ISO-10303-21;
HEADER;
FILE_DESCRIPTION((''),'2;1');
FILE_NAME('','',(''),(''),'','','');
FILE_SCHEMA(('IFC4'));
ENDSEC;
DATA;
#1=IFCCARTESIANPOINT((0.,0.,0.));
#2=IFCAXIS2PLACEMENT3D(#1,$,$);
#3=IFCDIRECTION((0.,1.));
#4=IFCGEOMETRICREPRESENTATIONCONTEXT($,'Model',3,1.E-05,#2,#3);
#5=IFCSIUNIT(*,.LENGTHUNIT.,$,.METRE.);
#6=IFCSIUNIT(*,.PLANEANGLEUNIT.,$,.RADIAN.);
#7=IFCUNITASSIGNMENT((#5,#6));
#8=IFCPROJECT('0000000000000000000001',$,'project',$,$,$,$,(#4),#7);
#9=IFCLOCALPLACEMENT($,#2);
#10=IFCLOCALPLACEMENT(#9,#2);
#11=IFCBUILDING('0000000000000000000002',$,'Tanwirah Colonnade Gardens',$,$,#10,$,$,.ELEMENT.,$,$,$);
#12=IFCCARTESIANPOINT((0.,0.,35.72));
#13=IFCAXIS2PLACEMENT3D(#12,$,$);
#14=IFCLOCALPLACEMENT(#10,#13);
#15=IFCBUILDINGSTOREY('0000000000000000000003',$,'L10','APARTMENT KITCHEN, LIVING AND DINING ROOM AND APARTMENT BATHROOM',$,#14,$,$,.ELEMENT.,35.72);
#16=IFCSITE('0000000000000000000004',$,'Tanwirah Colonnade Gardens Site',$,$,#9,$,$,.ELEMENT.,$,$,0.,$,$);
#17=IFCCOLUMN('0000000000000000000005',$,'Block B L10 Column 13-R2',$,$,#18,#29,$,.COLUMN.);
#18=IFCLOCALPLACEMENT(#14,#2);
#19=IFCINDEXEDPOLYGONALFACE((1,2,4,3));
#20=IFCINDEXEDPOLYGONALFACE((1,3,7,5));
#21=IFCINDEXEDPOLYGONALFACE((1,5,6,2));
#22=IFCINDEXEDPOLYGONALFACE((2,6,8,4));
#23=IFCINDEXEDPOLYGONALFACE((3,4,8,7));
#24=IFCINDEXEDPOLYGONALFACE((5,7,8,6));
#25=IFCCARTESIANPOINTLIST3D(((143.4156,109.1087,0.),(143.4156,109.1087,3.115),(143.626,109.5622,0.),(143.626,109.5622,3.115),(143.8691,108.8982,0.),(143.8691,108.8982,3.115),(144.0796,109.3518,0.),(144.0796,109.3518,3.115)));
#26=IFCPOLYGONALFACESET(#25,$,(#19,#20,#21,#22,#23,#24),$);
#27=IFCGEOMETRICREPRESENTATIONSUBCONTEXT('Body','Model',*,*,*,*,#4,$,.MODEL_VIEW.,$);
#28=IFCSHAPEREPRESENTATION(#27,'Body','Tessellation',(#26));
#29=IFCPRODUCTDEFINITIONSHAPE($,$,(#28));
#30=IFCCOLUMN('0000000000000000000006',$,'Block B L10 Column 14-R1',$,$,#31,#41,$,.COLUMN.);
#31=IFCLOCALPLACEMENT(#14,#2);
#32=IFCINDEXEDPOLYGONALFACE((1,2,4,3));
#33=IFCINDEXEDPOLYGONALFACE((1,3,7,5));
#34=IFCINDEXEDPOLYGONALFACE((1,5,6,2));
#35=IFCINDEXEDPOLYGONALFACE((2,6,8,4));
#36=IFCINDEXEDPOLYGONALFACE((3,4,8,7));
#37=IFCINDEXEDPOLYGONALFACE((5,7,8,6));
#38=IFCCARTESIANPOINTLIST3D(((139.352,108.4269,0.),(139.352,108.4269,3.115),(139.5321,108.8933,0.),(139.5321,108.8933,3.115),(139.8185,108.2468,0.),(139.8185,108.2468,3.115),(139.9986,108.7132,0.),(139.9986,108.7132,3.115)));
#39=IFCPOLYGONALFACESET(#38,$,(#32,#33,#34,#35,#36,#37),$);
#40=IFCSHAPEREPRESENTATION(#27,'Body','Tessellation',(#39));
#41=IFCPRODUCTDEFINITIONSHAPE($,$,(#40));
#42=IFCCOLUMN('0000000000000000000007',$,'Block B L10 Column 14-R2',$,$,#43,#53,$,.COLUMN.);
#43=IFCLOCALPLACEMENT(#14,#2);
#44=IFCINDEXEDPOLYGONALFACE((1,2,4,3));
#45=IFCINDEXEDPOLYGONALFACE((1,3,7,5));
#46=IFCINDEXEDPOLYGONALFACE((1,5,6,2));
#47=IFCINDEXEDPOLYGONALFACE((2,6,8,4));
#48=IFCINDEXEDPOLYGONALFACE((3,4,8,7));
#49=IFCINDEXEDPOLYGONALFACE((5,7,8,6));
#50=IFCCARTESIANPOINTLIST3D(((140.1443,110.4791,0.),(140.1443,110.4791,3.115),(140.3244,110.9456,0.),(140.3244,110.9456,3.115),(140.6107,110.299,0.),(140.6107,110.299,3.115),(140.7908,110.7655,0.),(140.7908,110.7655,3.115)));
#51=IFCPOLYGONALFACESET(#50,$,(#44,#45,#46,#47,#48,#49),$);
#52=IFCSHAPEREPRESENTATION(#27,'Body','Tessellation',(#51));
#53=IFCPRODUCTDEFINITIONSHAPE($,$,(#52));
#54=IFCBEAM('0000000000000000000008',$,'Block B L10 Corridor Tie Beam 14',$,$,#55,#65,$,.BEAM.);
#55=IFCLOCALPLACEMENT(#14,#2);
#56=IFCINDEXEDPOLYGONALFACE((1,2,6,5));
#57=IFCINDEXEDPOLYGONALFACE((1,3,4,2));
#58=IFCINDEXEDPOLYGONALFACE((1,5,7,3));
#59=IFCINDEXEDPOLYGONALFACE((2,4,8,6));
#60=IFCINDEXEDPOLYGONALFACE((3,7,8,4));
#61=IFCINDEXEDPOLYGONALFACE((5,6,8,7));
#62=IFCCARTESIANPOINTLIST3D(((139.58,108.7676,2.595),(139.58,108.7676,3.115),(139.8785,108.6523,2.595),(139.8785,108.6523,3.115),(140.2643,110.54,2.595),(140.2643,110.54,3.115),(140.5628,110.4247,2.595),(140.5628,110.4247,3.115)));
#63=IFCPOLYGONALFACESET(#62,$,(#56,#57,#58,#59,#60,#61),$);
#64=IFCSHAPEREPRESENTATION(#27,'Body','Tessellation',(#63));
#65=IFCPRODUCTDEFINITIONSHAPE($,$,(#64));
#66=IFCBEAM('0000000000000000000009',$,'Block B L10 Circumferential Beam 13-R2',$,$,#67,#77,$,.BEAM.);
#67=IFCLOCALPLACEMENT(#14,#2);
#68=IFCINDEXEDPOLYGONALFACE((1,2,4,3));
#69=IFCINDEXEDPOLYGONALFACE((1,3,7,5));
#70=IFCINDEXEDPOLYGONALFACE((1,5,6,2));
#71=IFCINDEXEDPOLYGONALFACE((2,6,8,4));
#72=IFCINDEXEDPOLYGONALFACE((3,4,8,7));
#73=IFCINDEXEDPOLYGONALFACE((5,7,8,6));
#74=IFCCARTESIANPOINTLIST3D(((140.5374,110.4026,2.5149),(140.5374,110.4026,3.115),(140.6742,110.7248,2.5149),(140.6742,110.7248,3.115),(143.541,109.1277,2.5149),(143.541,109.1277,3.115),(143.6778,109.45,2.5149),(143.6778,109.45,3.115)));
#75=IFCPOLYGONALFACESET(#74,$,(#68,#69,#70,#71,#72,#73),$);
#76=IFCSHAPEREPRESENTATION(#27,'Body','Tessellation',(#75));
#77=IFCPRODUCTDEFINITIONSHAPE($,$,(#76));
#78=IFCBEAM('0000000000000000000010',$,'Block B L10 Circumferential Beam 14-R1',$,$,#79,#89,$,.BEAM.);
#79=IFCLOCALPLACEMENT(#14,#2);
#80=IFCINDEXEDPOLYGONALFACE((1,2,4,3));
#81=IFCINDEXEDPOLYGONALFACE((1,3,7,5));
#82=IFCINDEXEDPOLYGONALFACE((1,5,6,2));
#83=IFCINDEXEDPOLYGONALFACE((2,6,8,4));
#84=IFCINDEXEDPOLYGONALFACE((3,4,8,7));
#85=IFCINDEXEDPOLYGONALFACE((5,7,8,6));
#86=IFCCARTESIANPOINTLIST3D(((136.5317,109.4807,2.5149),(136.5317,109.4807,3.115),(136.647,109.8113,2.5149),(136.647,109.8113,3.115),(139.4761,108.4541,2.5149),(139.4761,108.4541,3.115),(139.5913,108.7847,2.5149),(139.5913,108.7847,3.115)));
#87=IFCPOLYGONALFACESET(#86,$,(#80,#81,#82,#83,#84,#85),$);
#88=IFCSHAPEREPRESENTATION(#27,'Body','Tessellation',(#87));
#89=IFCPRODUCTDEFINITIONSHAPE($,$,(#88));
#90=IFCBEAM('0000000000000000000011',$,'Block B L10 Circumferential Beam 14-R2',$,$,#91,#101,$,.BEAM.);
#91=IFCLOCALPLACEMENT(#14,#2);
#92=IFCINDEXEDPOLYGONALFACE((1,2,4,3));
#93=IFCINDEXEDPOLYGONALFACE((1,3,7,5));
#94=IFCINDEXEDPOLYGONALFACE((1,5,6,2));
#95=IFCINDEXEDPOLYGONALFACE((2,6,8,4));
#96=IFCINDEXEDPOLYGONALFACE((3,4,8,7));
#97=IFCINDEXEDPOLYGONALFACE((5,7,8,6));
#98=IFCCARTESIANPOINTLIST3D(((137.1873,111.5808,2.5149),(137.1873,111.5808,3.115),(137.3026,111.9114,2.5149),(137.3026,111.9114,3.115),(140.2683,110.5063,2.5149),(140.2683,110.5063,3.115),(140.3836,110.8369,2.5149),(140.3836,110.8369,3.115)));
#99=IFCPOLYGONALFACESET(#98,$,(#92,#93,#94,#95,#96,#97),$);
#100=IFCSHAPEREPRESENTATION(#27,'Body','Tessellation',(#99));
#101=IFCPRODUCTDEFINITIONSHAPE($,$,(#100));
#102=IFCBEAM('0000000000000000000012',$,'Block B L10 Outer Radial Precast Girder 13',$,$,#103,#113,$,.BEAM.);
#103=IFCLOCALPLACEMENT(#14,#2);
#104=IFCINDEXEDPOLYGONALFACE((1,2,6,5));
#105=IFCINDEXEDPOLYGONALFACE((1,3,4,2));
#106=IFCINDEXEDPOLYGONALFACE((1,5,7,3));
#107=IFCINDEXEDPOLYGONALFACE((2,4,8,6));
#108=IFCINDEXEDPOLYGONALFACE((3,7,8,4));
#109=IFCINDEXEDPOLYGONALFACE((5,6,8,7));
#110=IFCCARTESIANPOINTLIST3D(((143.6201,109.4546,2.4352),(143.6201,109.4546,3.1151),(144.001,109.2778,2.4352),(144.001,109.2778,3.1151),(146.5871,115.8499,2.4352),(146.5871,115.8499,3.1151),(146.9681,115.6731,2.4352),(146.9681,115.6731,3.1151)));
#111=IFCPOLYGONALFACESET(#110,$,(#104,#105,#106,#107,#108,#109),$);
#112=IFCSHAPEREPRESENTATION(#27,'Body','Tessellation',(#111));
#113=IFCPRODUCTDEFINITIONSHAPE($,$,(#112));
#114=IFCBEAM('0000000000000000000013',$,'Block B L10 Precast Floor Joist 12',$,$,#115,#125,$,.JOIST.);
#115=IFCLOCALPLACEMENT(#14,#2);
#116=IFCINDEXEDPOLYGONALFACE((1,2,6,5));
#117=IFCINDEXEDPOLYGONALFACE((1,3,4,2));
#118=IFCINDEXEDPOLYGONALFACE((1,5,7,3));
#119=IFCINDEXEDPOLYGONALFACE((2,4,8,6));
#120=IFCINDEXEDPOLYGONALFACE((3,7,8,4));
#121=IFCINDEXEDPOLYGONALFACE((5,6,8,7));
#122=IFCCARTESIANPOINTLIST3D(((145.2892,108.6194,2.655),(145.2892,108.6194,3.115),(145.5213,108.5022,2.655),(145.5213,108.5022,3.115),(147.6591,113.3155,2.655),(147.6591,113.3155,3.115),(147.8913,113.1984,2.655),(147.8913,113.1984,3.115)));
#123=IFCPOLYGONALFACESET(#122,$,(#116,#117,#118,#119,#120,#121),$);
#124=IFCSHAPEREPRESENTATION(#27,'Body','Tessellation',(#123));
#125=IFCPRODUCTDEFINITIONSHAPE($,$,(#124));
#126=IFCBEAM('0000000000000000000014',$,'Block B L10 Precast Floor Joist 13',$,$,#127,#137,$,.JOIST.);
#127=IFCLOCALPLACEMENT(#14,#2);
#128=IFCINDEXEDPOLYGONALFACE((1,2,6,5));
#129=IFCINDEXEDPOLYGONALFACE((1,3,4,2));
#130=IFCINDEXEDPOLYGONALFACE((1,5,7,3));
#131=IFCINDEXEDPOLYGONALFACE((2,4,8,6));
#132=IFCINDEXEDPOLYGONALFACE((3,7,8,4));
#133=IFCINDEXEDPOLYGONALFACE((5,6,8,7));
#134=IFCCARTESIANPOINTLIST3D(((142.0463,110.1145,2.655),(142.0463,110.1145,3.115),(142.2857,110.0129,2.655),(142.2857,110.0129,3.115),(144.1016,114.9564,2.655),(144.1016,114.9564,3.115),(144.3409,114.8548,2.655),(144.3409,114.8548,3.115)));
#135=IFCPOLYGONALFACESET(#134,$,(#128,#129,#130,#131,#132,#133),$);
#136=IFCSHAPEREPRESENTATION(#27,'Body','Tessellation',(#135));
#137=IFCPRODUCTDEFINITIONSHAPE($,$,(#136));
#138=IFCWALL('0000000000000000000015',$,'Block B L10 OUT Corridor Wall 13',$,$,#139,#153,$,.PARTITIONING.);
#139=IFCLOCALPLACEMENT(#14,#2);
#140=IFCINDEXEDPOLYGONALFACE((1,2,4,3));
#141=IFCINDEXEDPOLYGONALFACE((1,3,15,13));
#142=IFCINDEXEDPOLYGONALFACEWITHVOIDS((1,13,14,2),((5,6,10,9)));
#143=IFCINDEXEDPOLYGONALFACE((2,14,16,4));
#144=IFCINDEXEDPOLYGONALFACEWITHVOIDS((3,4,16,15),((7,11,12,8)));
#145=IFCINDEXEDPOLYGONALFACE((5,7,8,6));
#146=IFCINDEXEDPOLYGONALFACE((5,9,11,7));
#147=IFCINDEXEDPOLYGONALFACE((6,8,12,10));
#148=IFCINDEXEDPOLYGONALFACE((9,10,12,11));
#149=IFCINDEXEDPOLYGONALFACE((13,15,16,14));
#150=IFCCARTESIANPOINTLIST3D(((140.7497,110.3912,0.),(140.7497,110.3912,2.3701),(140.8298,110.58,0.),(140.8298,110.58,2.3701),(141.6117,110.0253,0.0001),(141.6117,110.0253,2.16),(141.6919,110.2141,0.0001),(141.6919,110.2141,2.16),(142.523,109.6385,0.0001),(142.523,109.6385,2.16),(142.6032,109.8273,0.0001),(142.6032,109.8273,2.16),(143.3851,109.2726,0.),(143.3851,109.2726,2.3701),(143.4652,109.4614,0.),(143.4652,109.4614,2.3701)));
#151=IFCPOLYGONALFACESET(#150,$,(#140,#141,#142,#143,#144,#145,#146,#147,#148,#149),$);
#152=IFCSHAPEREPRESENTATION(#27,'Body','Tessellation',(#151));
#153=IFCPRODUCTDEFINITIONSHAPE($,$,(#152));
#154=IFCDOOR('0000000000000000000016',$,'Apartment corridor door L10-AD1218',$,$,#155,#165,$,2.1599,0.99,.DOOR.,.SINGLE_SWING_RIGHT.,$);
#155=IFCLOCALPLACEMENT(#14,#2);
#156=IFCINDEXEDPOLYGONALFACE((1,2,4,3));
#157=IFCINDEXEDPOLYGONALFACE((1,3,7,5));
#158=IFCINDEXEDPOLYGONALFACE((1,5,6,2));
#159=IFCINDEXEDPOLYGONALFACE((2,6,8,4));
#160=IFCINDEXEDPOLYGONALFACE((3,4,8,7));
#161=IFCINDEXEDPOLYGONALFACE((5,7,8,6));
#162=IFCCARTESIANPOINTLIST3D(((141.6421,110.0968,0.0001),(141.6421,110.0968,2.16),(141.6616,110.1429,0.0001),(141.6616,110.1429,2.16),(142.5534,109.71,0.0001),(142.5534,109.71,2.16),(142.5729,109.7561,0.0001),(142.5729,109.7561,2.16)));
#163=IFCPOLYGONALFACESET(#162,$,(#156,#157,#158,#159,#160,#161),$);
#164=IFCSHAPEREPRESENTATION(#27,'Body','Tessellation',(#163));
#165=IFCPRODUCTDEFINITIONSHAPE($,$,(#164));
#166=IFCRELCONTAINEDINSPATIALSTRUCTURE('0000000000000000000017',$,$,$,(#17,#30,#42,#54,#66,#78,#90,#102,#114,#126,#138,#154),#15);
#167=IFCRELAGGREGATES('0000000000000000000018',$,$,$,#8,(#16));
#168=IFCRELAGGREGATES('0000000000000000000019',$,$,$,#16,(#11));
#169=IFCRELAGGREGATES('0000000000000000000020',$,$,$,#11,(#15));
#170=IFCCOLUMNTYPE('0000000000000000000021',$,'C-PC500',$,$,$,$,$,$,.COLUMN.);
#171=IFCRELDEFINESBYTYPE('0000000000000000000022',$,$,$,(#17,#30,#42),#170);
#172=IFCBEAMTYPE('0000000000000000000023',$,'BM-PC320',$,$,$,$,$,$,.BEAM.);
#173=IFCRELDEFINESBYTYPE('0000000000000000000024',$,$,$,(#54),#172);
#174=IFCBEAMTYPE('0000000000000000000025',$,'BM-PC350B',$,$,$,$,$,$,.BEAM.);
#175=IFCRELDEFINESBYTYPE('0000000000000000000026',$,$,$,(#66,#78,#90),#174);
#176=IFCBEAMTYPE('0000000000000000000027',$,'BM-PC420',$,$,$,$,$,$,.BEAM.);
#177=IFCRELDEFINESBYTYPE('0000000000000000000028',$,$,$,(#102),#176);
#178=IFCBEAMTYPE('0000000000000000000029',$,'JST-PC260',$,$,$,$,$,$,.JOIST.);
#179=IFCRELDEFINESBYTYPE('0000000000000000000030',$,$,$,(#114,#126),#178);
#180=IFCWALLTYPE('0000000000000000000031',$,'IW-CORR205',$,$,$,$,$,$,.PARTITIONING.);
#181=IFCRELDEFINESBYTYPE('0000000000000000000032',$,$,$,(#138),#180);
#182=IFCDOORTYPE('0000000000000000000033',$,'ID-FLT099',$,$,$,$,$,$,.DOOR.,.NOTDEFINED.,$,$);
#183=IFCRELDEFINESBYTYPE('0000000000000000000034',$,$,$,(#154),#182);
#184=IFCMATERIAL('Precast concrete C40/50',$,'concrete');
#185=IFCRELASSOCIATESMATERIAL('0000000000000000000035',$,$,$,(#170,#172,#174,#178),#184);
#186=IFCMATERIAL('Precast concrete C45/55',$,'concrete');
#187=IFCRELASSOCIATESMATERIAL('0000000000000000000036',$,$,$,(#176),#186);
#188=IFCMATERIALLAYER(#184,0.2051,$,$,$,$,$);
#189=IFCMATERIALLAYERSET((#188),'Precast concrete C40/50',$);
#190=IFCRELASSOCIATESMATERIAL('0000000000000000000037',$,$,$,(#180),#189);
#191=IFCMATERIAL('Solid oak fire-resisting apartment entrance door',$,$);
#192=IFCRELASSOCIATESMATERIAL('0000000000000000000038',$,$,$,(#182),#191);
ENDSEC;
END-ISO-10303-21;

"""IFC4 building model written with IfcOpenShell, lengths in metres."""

from ifc_helpers import new_model, si_unit, direction, frame, frame_2d, origin, origin_2d, place, context, subcontext, project, spatial, rectangle, extrude, material, layer, layer_set, material_profile, profile_set, type_object, element, fill, save


model = new_model("IFC4")

# Units and contexts
model_context = context("Model", 3, precision=1e-05, world=origin(), true_north=direction((0.0, 1.0)))
body_context = subcontext(model_context, "Body", "Model", "MODEL_VIEW")
ifc_project = project(units=[si_unit("LENGTHUNIT", "METRE"), si_unit("PLANEANGLEUNIT", "RADIAN")], contexts=[model_context])

# Site, building, storey
site_placement = place(None, origin())
site = spatial("IfcSite", under=ifc_project, at=site_placement, Name="Tanwirah Colonnade Gardens Site", CompositionType="ELEMENT", RefElevation=0.0)
building_placement = place(site_placement, origin())
building = spatial("IfcBuilding", under=site, at=building_placement, Name="Tanwirah Colonnade Gardens", CompositionType="ELEMENT")
storey_placement = place(building_placement, frame((0.0, 0.0, 35.72)))
storey = spatial("IfcBuildingStorey", under=building, at=storey_placement, Name="L10", Description="APARTMENT KITCHEN, LIVING AND DINING ROOM AND APARTMENT BATHROOM", CompositionType="ELEMENT", Elevation=35.72)

# Columns
ifc_material_1 = material(Name="Precast concrete C40/50", Category="concrete")
ifc_material_profile_1 = material_profile(ifc_material_1, rectangle(XDim=0.5, YDim=0.5, at=origin_2d()), Name="PC-COL 500x500")
ifc_profile_set_1 = profile_set([ifc_material_profile_1], Name="Precast concrete C40/50")
column_type = type_object("IfcColumnType", Name="C-PC500", PredefinedType="COLUMN", material=ifc_profile_set_1)
for number, where, z_axis, x_axis, name in (
    (1, (143.7476, 109.2302, 0.0), (0.0, 0.0, 1.0), (0.42086, 0.907126, 0.0), "Block B L10 Column 13-R2"),
    (2, (139.6753, 108.5701, 0.0), (0.0, 0.0, 1.0), (0.360178, 0.932884, 0.0), "Block B L10 Column 14-R1"),
    (3, (140.4675, 110.6223, 0.0), (0.0, 0.0, 1.0), (0.360178, 0.932884, 0.0), "Block B L10 Column 14-R2"),
):
    element("IfcColumn", number, at=place(storey_placement, frame(where, z_axis=z_axis, x_axis=x_axis)), inside=storey, type_object=column_type, Name=name, PredefinedType="COLUMN", context=body_context, shape_type="SweptSolid", body=[
        extrude(rectangle(XDim=0.5, YDim=0.5, at=origin_2d()), origin(), (0.0, 0.0, 1.0), 3.115),
    ])

# Beams
ifc_material_profile_2 = material_profile(ifc_material_1, rectangle(XDim=0.3201, YDim=0.52, at=origin_2d()), Name="PC-BM 320x520")
ifc_profile_set_2 = profile_set([ifc_material_profile_2], Name="Precast concrete C40/50")
beam_type_1 = type_object("IfcBeamType", Name="BM-PC320", PredefinedType="BEAM", material=ifc_profile_set_2)
beam_1_placement = place(storey_placement, frame((139.7292, 108.71, 2.855), z_axis=(0.360176, 0.932885, 0.0), x_axis=(-0.932885, 0.360176, 0.0)))
element("IfcBeam", 4, at=beam_1_placement, inside=storey, type_object=beam_type_1, Name="Block B L10 Corridor Tie Beam 14", PredefinedType="BEAM", context=body_context, shape_type="SweptSolid", body=[
    extrude(rectangle(XDim=0.3201, YDim=0.52, at=origin_2d()), origin(), (0.0, 0.0, 1.0), 1.8999),
])
ifc_material_profile_3 = material_profile(ifc_material_1, rectangle(XDim=0.3501, YDim=0.6001, at=origin_2d()), Name="PC-BM 350x600")
ifc_profile_set_3 = profile_set([ifc_material_profile_3], Name="Precast concrete C40/50")
beam_type_2 = type_object("IfcBeamType", Name="BM-PC350B", PredefinedType="BEAM", material=ifc_profile_set_3)
beam_2_placement = place(storey_placement, frame((143.6094, 109.2888, 2.8149), z_axis=(-0.920513, 0.390711, 0.0), x_axis=(-0.390711, -0.920513, 0.0)))
element("IfcBeam", 5, at=beam_2_placement, inside=storey, type_object=beam_type_2, Name="Block B L10 Circumferential Beam 13-R2", PredefinedType="BEAM", context=body_context, shape_type="SweptSolid", body=[
    extrude(rectangle(XDim=0.3501, YDim=0.6001, at=origin_2d()), origin(), (0.0, 0.0, 1.0), 3.2629),
])
beam_3_placement = place(storey_placement, frame((139.5337, 108.6194, 2.8149), z_axis=(-0.944248, 0.329234, 0.0), x_axis=(-0.329234, -0.944248, 0.0)))
element("IfcBeam", 6, at=beam_3_placement, inside=storey, type_object=beam_type_2, Name="Block B L10 Circumferential Beam 14-R1", PredefinedType="BEAM", context=body_context, shape_type="SweptSolid", body=[
    extrude(rectangle(XDim=0.3501, YDim=0.6001, at=origin_2d()), origin(), (0.0, 0.0, 1.0), 3.1182),
])
beam_4_placement = place(storey_placement, frame((140.3259, 110.6716, 2.8149), z_axis=(-0.944231, 0.329284, 0.0), x_axis=(-0.329284, -0.944231, 0.0)))
element("IfcBeam", 7, at=beam_4_placement, inside=storey, type_object=beam_type_2, Name="Block B L10 Circumferential Beam 14-R2", PredefinedType="BEAM", context=body_context, shape_type="SweptSolid", body=[
    extrude(rectangle(XDim=0.3501, YDim=0.6001, at=origin_2d()), origin(), (0.0, 0.0, 1.0), 3.2629),
])
ifc_material_2 = material(Name="Precast concrete C45/55", Category="concrete")
ifc_material_profile_4 = material_profile(ifc_material_2, rectangle(XDim=0.4199, YDim=0.6799, at=origin_2d()), Name="PC-BM 420x680")
ifc_profile_set_4 = profile_set([ifc_material_profile_4], Name="Precast concrete C45/55")
beam_type_3 = type_object("IfcBeamType", Name="BM-PC420", PredefinedType="BEAM", material=ifc_profile_set_4)
beam_5_placement = place(storey_placement, frame((143.8105, 109.3662, 2.7751), z_axis=(0.420856, 0.907128, 0.0), x_axis=(-0.907128, 0.420856, 0.0)))
element("IfcBeam", 8, at=beam_5_placement, inside=storey, type_object=beam_type_3, Name="Block B L10 Outer Radial Precast Girder 13", PredefinedType="BEAM", context=body_context, shape_type="SweptSolid", body=[
    extrude(rectangle(XDim=0.4199, YDim=0.6799, at=origin_2d()), origin(), (0.0, 0.0, 1.0), 7.05),
])
ifc_material_profile_5 = material_profile(ifc_material_1, rectangle(XDim=0.26, YDim=0.46, at=origin_2d()), Name="PC-JST 260x460")
ifc_profile_set_5 = profile_set([ifc_material_profile_5], Name="Precast concrete C40/50")
beam_type_4 = type_object("IfcBeamType", Name="JST-PC260", PredefinedType="JOIST", material=ifc_profile_set_5)
beam_6_placement = place(storey_placement, frame((145.4053, 108.5608, 2.885), z_axis=(0.450534, 0.892759, 0.0), x_axis=(-0.892759, 0.450534, 0.0)))
element("IfcBeam", 9, at=beam_6_placement, inside=storey, type_object=beam_type_4, Name="Block B L10 Precast Floor Joist 12", PredefinedType="JOIST", context=body_context, shape_type="SweptSolid", body=[
    extrude(rectangle(XDim=0.26, YDim=0.46, at=origin_2d()), origin(), (0.0, 0.0, 1.0), 5.2603),
])
beam_7_placement = place(storey_placement, frame((142.166, 110.0637, 2.885), z_axis=(0.390724, 0.920508, 0.0), x_axis=(-0.920508, 0.390724, 0.0)))
element("IfcBeam", 10, at=beam_7_placement, inside=storey, type_object=beam_type_4, Name="Block B L10 Precast Floor Joist 13", PredefinedType="JOIST", context=body_context, shape_type="SweptSolid", body=[
    extrude(rectangle(XDim=0.26, YDim=0.46, at=origin_2d()), origin(), (0.0, 0.0, 1.0), 5.26),
])

# Wall, opening, door
ifc_layer_1 = layer(ifc_material_1, 0.2051)
ifc_layer_set_1 = layer_set([ifc_layer_1], Name="Precast concrete C40/50")
wall_type_1 = type_object("IfcWallType", Name="IW-CORR205", PredefinedType="PARTITIONING", material=ifc_layer_set_1)
wall_1_placement = place(storey_placement, frame((143.4253, 109.3669, 0.0), z_axis=(0.0, 0.0, 1.0), x_axis=(-0.920511, 0.390716, 0.0)))
wall_1 = element("IfcWall", 11, at=wall_1_placement, inside=storey, type_object=wall_type_1, Name="Block B L10 OUT Corridor Wall 13", PredefinedType="PARTITIONING", context=body_context, shape_type="SweptSolid", body=[
    extrude(rectangle(XDim=2.863, YDim=0.2051, at=frame_2d((1.4316, 0.0))), origin(), (0.0, 0.0, 1.0), 2.3701),
])
opening_1_placement = place(wall_1_placement, frame((0.9365, 0.0, 0.0)))
opening_1 = element("IfcOpeningElement", 12, at=opening_1_placement, cuts=wall_1, PredefinedType="OPENING", context=body_context, shape_type="SweptSolid", body=[
    extrude(rectangle(XDim=0.99, YDim=2.1599, at=frame_2d((0.4951, 1.0801))), frame((0.0, 0.1125, 0.0), z_axis=(0.0, -1.0, 0.0), x_axis=(1.0, 0.0, 0.0)), (0.0, 0.0, 1.0), 0.2251),
])
ifc_material_3 = material(Name="Solid oak fire-resisting apartment entrance door")
door_type_1 = type_object("IfcDoorType", Name="ID-FLT099", OperationType="NOTDEFINED", PredefinedType="DOOR", material=ifc_material_3)
door_1_placement = place(opening_1_placement, origin())
door_1 = element("IfcDoor", 13, at=door_1_placement, inside=storey, type_object=door_type_1, Name="Apartment corridor door L10-AD1218", OperationType="SINGLE_SWING_RIGHT", OverallHeight=2.1599, OverallWidth=0.99, PredefinedType="DOOR", context=body_context, shape_type="SweptSolid", body=[
    extrude(rectangle(XDim=0.99, YDim=2.1599, at=frame_2d((0.4951, 1.0801))), frame((0.0, 0.0249, 0.0), z_axis=(0.0, -1.0, 0.0), x_axis=(1.0, 0.0, 0.0)), (0.0, 0.0, 1.0), 0.05),
])
fill(opening_1, door_1)

save(model, "model.ifc")
